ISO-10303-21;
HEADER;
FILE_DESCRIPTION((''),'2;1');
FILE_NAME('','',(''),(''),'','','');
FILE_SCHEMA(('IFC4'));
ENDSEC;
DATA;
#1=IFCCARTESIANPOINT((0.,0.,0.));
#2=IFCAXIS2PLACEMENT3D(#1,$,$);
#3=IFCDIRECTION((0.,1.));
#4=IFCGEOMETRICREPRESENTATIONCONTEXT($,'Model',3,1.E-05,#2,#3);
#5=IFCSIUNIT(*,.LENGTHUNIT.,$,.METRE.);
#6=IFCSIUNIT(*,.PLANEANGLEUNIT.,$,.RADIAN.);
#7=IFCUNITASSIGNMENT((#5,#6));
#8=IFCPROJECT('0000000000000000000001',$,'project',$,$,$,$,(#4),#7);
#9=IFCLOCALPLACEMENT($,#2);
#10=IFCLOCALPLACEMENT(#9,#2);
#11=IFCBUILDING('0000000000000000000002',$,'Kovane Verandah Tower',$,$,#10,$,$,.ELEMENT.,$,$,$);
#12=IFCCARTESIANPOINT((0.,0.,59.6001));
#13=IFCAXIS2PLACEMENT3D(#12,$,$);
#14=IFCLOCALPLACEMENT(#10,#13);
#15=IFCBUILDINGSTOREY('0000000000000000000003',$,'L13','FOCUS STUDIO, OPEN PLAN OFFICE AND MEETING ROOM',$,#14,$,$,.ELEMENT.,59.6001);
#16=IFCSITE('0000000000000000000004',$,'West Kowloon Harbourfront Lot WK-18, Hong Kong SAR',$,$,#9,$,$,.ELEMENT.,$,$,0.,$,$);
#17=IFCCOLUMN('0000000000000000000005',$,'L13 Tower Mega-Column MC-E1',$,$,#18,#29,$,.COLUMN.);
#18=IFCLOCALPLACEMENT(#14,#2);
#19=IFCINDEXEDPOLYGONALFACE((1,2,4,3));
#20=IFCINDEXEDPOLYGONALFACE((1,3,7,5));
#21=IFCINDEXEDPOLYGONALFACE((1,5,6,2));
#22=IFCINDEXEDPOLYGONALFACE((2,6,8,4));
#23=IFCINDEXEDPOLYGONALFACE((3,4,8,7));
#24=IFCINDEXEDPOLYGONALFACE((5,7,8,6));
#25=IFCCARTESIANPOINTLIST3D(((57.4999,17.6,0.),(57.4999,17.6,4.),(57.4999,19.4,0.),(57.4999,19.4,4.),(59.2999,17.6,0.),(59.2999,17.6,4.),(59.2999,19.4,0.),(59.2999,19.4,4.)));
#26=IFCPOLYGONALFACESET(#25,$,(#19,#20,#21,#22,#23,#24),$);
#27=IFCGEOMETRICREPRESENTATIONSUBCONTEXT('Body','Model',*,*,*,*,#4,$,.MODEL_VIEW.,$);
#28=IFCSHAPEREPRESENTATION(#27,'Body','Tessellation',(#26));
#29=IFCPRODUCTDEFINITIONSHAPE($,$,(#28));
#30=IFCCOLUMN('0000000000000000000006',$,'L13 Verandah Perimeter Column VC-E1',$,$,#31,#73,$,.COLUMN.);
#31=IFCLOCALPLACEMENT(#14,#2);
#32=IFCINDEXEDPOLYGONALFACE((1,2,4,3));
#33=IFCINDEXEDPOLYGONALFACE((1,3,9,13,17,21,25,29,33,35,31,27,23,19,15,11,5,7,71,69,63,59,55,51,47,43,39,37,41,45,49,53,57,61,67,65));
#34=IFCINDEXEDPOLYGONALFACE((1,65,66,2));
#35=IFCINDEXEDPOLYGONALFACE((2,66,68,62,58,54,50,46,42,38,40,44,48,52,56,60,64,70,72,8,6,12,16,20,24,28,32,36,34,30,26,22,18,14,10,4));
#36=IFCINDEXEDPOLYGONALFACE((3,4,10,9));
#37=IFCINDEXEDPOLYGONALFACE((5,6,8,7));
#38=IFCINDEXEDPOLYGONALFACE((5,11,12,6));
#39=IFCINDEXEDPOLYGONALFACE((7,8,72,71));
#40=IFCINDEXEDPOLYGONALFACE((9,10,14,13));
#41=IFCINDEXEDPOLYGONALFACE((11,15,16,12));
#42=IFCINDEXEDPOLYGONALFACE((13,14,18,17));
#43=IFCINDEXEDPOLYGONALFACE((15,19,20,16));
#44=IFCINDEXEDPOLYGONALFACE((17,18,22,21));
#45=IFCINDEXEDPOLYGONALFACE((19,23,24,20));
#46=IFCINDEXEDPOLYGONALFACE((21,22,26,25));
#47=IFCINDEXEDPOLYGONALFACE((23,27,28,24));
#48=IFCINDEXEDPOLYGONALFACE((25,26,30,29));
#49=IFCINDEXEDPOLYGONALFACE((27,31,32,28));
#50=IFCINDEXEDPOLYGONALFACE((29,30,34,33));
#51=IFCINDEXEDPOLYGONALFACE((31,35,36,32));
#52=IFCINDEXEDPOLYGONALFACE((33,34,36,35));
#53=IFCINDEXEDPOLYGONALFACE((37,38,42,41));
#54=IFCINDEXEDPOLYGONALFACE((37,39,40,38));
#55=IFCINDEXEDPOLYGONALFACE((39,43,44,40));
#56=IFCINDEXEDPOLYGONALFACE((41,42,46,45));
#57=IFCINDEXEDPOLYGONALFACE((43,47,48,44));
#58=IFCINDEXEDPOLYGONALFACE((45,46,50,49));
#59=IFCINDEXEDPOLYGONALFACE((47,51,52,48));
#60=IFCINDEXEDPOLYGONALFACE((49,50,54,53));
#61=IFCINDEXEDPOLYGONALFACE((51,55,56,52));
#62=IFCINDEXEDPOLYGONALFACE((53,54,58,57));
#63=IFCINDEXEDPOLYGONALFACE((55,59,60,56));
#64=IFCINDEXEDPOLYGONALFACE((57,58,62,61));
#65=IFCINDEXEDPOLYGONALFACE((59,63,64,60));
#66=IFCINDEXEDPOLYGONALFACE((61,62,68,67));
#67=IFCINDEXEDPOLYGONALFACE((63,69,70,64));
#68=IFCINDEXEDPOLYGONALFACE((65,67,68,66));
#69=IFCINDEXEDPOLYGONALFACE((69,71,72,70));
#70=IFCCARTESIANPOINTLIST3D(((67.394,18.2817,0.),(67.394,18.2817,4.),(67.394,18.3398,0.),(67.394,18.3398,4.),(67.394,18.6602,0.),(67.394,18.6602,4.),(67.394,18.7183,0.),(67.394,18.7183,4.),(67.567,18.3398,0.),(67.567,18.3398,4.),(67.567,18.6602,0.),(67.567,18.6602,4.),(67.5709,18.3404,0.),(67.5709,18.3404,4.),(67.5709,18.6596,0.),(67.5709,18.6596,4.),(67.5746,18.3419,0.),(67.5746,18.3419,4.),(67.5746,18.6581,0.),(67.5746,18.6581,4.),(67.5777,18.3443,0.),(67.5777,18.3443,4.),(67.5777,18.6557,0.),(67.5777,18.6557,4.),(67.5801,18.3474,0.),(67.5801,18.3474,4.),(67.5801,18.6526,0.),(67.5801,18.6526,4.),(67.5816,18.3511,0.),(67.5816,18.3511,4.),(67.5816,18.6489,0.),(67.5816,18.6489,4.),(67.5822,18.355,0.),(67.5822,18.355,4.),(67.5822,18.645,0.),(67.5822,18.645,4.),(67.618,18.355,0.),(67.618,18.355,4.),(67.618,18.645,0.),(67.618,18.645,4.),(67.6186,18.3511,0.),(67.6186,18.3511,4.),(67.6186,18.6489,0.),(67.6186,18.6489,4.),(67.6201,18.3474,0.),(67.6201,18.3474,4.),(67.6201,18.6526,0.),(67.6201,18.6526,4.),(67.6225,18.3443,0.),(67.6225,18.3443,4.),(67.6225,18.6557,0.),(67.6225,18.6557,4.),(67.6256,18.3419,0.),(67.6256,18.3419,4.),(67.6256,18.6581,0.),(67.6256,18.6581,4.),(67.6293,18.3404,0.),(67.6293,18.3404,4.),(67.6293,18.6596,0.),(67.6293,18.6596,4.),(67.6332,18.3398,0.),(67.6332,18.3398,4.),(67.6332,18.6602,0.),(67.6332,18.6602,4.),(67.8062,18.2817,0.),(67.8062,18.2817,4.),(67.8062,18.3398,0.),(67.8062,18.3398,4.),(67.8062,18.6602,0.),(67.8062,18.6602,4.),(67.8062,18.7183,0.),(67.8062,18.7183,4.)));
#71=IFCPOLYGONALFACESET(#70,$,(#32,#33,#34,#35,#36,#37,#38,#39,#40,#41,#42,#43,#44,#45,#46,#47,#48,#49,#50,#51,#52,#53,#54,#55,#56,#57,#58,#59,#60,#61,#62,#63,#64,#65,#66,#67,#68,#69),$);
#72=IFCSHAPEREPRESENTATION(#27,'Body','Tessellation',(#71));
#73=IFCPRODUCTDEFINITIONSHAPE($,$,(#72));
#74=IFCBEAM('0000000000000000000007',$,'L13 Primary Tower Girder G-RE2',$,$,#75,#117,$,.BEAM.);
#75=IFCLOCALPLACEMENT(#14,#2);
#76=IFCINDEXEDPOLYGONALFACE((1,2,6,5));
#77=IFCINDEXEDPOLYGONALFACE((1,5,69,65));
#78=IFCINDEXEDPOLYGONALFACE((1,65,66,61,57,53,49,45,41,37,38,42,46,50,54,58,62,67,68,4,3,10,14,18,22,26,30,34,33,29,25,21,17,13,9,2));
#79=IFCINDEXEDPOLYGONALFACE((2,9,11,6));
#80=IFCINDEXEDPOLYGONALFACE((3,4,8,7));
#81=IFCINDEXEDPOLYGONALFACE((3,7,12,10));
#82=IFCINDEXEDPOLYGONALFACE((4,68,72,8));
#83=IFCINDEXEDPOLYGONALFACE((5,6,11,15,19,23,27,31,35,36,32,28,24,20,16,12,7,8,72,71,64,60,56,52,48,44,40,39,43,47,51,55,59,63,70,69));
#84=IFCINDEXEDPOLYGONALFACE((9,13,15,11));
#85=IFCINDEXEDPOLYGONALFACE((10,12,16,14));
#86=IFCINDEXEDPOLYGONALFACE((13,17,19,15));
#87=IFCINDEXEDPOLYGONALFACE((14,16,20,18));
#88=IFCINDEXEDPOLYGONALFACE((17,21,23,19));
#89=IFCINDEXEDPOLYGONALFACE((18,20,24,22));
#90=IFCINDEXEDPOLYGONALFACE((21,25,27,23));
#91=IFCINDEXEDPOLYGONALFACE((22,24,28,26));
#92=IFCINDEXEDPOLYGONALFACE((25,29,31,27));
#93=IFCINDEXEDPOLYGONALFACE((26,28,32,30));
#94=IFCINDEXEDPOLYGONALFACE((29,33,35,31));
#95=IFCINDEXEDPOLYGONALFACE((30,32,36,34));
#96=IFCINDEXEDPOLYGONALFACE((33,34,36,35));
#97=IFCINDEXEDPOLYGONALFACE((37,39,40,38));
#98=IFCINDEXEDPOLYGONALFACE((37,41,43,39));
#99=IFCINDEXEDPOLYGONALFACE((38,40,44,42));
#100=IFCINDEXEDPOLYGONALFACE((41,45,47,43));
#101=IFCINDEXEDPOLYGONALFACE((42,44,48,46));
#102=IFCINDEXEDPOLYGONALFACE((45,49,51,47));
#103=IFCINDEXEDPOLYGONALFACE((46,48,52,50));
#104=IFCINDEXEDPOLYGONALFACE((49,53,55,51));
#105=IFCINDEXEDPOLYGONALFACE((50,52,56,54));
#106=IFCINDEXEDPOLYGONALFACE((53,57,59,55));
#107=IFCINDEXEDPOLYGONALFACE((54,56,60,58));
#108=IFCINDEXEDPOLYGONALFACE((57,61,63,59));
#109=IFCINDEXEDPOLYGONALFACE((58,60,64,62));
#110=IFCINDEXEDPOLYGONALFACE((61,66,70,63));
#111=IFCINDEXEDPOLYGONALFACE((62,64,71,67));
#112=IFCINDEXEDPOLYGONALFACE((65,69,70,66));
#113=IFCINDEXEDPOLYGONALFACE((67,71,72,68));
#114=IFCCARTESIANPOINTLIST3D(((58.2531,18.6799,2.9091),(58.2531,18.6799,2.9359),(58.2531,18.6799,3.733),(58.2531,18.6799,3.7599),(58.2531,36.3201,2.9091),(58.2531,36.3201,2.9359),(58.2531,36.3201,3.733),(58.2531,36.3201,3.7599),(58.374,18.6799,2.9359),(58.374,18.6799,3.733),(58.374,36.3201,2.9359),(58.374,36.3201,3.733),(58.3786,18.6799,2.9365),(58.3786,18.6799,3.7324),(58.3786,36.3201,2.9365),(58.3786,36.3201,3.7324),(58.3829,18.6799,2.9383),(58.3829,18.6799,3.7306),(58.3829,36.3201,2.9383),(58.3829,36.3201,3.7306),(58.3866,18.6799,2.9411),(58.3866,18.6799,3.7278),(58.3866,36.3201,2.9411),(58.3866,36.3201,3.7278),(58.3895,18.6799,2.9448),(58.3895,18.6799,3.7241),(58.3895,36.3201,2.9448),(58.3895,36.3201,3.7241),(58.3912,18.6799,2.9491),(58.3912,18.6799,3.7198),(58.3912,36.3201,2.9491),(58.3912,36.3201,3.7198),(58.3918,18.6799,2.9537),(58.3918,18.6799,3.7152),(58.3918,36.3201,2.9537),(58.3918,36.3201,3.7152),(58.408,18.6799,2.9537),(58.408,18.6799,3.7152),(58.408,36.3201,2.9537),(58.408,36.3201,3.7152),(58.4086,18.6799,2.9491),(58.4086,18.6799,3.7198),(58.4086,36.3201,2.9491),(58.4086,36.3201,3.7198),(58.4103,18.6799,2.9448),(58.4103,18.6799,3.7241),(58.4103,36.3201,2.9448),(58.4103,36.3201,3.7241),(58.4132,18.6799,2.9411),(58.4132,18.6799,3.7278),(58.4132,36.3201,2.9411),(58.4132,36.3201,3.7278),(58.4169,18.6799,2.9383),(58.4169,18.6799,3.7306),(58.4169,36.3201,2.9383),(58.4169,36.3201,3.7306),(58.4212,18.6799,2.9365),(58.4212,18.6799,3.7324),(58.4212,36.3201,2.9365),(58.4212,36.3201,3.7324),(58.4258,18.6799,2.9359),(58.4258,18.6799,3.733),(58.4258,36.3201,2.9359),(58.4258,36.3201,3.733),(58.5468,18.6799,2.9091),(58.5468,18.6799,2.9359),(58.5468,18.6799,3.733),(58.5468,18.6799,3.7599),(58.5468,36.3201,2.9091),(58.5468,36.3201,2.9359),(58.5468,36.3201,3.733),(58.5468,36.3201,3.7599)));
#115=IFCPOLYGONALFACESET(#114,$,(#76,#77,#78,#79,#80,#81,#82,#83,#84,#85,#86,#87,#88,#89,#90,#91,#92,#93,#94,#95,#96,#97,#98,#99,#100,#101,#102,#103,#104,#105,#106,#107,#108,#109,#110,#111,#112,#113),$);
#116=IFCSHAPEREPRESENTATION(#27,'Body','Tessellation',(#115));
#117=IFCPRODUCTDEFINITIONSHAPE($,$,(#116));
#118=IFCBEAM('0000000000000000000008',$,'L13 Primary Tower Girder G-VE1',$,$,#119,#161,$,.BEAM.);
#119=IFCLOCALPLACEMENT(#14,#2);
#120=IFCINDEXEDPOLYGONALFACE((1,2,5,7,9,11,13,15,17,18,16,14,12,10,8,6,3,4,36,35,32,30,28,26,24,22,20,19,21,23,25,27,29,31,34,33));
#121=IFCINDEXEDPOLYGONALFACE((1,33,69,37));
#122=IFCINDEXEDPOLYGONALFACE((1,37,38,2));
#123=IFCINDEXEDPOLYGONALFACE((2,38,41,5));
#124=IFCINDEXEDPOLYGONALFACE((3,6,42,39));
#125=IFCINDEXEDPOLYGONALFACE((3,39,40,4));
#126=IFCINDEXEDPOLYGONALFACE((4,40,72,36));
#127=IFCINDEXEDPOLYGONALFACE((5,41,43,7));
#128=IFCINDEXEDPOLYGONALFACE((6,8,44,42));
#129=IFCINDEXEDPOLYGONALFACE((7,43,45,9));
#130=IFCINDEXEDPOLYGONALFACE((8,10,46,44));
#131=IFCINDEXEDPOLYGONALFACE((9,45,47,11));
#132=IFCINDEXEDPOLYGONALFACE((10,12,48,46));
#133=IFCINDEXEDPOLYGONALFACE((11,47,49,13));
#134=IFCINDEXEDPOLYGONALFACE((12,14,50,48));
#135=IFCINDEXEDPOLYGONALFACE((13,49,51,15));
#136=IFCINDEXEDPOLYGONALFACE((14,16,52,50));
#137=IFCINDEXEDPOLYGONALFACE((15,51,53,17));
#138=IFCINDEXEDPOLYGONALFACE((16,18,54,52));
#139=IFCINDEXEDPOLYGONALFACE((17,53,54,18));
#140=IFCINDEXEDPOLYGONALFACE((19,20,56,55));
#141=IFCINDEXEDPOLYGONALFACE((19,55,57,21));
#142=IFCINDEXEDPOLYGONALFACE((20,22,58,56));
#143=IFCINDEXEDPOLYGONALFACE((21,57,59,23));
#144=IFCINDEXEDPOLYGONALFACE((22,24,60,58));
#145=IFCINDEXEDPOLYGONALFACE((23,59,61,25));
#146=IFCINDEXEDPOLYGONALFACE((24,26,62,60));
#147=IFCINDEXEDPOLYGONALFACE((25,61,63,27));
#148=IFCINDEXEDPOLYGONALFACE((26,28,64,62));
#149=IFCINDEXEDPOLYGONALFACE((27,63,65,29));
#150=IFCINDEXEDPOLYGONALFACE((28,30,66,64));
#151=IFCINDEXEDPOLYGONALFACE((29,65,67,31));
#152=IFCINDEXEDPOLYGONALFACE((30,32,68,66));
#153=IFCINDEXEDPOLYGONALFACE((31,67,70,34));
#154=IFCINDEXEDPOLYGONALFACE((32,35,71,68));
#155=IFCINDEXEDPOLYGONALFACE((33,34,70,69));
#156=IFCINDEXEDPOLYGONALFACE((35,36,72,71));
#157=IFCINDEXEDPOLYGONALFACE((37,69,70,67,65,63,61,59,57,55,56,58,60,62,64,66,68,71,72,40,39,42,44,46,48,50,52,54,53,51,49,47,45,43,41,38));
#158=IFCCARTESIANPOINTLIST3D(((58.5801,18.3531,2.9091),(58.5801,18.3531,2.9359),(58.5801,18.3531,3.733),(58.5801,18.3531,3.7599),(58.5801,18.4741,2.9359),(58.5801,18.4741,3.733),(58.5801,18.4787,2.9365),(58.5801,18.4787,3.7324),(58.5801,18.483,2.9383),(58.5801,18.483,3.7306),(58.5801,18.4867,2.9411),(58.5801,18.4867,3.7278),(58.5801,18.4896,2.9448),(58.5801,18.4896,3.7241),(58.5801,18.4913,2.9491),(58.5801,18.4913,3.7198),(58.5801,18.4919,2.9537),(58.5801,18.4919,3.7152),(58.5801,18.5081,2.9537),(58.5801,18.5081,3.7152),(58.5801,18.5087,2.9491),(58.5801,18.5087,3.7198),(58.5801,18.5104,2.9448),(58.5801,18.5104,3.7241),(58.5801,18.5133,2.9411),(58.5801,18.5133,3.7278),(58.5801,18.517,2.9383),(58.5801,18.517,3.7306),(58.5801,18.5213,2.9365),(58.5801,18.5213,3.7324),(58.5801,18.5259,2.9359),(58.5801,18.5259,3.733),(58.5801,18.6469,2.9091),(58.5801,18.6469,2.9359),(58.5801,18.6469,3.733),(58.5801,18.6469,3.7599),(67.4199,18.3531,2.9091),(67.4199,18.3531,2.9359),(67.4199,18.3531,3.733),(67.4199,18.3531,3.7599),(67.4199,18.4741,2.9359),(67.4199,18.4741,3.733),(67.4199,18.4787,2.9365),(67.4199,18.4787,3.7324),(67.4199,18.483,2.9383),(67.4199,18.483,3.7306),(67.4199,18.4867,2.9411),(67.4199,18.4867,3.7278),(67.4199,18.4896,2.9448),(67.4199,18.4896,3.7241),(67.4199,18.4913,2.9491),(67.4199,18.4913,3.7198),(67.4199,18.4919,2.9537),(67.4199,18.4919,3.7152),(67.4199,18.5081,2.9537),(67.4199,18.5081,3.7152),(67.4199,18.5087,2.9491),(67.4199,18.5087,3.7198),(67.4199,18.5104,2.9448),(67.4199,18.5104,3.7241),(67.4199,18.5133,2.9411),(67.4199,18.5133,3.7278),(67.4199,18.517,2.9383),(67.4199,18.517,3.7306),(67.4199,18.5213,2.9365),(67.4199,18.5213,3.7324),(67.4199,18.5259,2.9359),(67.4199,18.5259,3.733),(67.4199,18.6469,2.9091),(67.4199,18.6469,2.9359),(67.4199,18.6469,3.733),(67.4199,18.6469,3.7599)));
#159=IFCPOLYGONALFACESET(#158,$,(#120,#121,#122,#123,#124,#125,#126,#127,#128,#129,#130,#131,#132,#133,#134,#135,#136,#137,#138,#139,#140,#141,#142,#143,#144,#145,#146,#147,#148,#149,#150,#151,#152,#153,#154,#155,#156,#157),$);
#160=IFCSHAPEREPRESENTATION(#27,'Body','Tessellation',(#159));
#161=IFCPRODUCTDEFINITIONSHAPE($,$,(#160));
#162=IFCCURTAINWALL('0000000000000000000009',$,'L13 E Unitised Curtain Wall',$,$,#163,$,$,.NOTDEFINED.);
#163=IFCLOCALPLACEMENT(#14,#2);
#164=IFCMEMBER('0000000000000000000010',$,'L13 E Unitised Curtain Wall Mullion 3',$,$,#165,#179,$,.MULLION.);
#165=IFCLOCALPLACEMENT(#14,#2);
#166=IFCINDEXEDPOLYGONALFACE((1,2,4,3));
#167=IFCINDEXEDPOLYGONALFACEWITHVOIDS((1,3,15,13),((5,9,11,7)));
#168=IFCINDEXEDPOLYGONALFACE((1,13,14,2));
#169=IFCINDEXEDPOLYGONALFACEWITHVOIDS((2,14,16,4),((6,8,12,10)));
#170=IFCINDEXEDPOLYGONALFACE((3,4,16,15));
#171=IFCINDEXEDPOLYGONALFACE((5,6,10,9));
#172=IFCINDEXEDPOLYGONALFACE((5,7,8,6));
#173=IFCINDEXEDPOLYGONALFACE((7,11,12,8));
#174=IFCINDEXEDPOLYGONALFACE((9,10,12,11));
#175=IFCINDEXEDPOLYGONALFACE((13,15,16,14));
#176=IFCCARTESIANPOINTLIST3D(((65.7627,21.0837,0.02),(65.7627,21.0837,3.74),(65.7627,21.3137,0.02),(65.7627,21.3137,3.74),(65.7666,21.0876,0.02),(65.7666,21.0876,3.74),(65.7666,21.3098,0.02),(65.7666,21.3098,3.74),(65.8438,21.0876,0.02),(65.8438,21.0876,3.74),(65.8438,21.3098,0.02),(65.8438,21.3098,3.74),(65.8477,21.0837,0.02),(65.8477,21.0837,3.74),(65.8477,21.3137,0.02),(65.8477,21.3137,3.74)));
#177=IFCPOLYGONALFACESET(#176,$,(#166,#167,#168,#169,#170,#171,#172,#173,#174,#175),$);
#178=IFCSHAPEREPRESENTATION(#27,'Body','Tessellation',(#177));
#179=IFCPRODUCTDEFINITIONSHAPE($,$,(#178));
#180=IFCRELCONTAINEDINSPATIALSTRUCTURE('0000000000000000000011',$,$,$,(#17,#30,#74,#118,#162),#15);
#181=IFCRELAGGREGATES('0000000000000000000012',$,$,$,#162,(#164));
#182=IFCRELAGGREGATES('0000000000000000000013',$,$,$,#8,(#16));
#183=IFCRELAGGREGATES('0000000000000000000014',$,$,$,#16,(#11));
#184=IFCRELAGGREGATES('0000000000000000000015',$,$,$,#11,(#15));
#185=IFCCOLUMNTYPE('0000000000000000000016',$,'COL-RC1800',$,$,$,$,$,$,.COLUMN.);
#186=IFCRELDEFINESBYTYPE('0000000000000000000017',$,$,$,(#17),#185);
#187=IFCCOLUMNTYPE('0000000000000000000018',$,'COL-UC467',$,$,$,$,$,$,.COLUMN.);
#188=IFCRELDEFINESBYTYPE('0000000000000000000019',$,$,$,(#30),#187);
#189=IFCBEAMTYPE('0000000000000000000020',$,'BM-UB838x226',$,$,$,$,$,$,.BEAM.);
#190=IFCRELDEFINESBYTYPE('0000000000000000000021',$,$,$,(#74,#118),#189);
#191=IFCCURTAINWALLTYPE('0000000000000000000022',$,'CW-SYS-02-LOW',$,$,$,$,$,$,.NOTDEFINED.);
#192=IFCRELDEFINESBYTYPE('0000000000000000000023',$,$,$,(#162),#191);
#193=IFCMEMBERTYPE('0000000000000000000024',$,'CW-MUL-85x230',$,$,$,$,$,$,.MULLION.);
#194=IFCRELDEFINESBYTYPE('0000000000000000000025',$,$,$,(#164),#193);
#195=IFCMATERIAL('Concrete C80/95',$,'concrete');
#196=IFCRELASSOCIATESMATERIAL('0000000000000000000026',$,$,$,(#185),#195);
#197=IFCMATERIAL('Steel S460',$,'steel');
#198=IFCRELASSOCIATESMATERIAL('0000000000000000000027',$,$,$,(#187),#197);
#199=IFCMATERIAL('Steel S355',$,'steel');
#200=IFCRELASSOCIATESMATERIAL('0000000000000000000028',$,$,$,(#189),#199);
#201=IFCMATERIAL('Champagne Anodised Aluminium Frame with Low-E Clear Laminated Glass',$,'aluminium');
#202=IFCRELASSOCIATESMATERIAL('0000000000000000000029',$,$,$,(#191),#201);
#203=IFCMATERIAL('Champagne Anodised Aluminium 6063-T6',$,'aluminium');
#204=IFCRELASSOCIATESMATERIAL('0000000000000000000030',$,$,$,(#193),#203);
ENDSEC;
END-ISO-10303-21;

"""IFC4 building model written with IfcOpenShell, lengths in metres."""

from ifc_helpers import new_model, si_unit, direction, frame, origin, origin_2d, place, context, subcontext, project, spatial, rectangle, hollow_rectangle, i_section, extrude, material, material_profile, profile_set, type_object, element, aggregate, save


model = new_model("IFC4")

# Units and contexts
model_context = context("Model", 3, precision=1e-05, world=origin(), true_north=direction((0.0, 1.0)))
body_context = subcontext(model_context, "Body", "Model", "MODEL_VIEW")
ifc_project = project(units=[si_unit("LENGTHUNIT", "METRE"), si_unit("PLANEANGLEUNIT", "RADIAN")], contexts=[model_context])

# Site, building, storey
site_placement = place(None, origin())
site = spatial("IfcSite", under=ifc_project, at=site_placement, Name="West Kowloon Harbourfront Lot WK-18, Hong Kong SAR", CompositionType="ELEMENT", RefElevation=0.0)
building_placement = place(site_placement, origin())
building = spatial("IfcBuilding", under=site, at=building_placement, Name="Kovane Verandah Tower", CompositionType="ELEMENT")
storey_placement = place(building_placement, frame((0.0, 0.0, 59.6001)))
storey = spatial("IfcBuildingStorey", under=building, at=storey_placement, Name="L13", Description="FOCUS STUDIO, OPEN PLAN OFFICE AND MEETING ROOM", CompositionType="ELEMENT", Elevation=59.6001)

# Columns
ifc_material_1 = material(Name="Concrete C80/95", Category="concrete")
ifc_material_profile_1 = material_profile(ifc_material_1, rectangle(XDim=1.8, YDim=1.8, at=origin_2d()), Name="RC1800x1800")
ifc_profile_set_1 = profile_set([ifc_material_profile_1], Name="Concrete C80/95")
column_type_1 = type_object("IfcColumnType", Name="COL-RC1800", PredefinedType="COLUMN", material=ifc_profile_set_1)
column_1_placement = place(storey_placement, frame((58.3999, 18.5, 0.0), z_axis=(0.0, 0.0, 1.0), x_axis=(1.0, 0.0, 0.0)))
element("IfcColumn", 1, at=column_1_placement, inside=storey, type_object=column_type_1, Name="L13 Tower Mega-Column MC-E1", PredefinedType="COLUMN", context=body_context, shape_type="SweptSolid", body=[
    extrude(rectangle(XDim=1.8, YDim=1.8, at=origin_2d()), origin(), (0.0, 0.0, 1.0), 4.0),
])
ifc_material_2 = material(Name="Steel S460", Category="steel")
ifc_material_profile_2 = material_profile(ifc_material_2, i_section(OverallWidth=0.4121, OverallDepth=0.4365, WebThickness=0.0359, FlangeThickness=0.0581, FilletRadius=0.0151, at=origin_2d()), Name="UC356x406x467")
ifc_profile_set_2 = profile_set([ifc_material_profile_2], Name="Steel S460")
column_type_2 = type_object("IfcColumnType", Name="COL-UC467", PredefinedType="COLUMN", material=ifc_profile_set_2)
column_2_placement = place(storey_placement, frame((67.6001, 18.5, 0.0), z_axis=(0.0, 0.0, 1.0), x_axis=(1.0, 0.0, 0.0)))
element("IfcColumn", 2, at=column_2_placement, inside=storey, type_object=column_type_2, Name="L13 Verandah Perimeter Column VC-E1", PredefinedType="COLUMN", context=body_context, shape_type="SweptSolid", body=[
    extrude(i_section(OverallWidth=0.4121, OverallDepth=0.4365, WebThickness=0.0359, FlangeThickness=0.0581, FilletRadius=0.0151, at=origin_2d()), origin(), (0.0, 0.0, 1.0), 4.0),
])

# Beams
ifc_material_3 = material(Name="Steel S355", Category="steel")
ifc_material_profile_3 = material_profile(ifc_material_3, i_section(OverallWidth=0.2937, OverallDepth=0.8508, WebThickness=0.0161, FlangeThickness=0.0269, FilletRadius=0.0178, at=origin_2d()), Name="UB838x292x226")
ifc_profile_set_3 = profile_set([ifc_material_profile_3], Name="Steel S355")
beam_type_1 = type_object("IfcBeamType", Name="BM-UB838x226", PredefinedType="BEAM", material=ifc_profile_set_3)
beam_1_placement = place(storey_placement, frame((58.3999, 18.6799, 3.3345), z_axis=(0.0, 1.0, 0.0), x_axis=(-1.0, 0.0, 0.0)))
element("IfcBeam", 3, at=beam_1_placement, inside=storey, type_object=beam_type_1, Name="L13 Primary Tower Girder G-RE2", PredefinedType="BEAM", context=body_context, shape_type="SweptSolid", body=[
    extrude(i_section(OverallWidth=0.2937, OverallDepth=0.8508, WebThickness=0.0161, FlangeThickness=0.0269, FilletRadius=0.0178, at=origin_2d()), origin(), (0.0, 0.0, 1.0), 17.6401),
])
beam_2_placement = place(storey_placement, frame((58.5801, 18.5, 3.3345), z_axis=(1.0, 0.0, 0.0), x_axis=(0.0, 1.0, 0.0)))
element("IfcBeam", 4, at=beam_2_placement, inside=storey, type_object=beam_type_1, Name="L13 Primary Tower Girder G-VE1", PredefinedType="BEAM", context=body_context, shape_type="SweptSolid", body=[
    extrude(i_section(OverallWidth=0.2937, OverallDepth=0.8508, WebThickness=0.0161, FlangeThickness=0.0269, FilletRadius=0.0178, at=origin_2d()), origin(), (0.0, 0.0, 1.0), 8.8398),
])

# Curtain wall, member
ifc_material_4 = material(Name="Champagne Anodised Aluminium Frame with Low-E Clear Laminated Glass", Category="aluminium")
curtain_wall_type = type_object("IfcCurtainWallType", Name="CW-SYS-02-LOW", PredefinedType="NOTDEFINED", material=ifc_material_4)
curtain_wall_placement = place(storey_placement, origin())
curtain_wall = element("IfcCurtainWall", 5, at=curtain_wall_placement, inside=storey, type_object=curtain_wall_type, Name="L13 E Unitised Curtain Wall", PredefinedType="NOTDEFINED")
ifc_material_5 = material(Name="Champagne Anodised Aluminium 6063-T6", Category="aluminium")
ifc_material_profile_4 = material_profile(ifc_material_5, hollow_rectangle(XDim=0.085, YDim=0.23, WallThickness=0.0039, at=origin_2d()), Name="AL85x230x4")
ifc_profile_set_4 = profile_set([ifc_material_profile_4], Name="Champagne Anodised Aluminium 6063-T6")
member_type_1 = type_object("IfcMemberType", Name="CW-MUL-85x230", PredefinedType="MULLION", material=ifc_profile_set_4)
member_1_placement = place(storey_placement, frame((65.8052, 21.1987, 0.02), z_axis=(0.0, 0.0, 1.0), x_axis=(1.0, 0.0, 0.0)))
member_1 = element("IfcMember", 6, at=member_1_placement, type_object=member_type_1, Name="L13 E Unitised Curtain Wall Mullion 3", PredefinedType="MULLION", context=body_context, shape_type="SweptSolid", body=[
    extrude(hollow_rectangle(XDim=0.085, YDim=0.23, WallThickness=0.0039, at=origin_2d()), origin(), (0.0, 0.0, 1.0), 3.72),
])

aggregate(curtain_wall, [member_1])

save(model, "model.ifc")
